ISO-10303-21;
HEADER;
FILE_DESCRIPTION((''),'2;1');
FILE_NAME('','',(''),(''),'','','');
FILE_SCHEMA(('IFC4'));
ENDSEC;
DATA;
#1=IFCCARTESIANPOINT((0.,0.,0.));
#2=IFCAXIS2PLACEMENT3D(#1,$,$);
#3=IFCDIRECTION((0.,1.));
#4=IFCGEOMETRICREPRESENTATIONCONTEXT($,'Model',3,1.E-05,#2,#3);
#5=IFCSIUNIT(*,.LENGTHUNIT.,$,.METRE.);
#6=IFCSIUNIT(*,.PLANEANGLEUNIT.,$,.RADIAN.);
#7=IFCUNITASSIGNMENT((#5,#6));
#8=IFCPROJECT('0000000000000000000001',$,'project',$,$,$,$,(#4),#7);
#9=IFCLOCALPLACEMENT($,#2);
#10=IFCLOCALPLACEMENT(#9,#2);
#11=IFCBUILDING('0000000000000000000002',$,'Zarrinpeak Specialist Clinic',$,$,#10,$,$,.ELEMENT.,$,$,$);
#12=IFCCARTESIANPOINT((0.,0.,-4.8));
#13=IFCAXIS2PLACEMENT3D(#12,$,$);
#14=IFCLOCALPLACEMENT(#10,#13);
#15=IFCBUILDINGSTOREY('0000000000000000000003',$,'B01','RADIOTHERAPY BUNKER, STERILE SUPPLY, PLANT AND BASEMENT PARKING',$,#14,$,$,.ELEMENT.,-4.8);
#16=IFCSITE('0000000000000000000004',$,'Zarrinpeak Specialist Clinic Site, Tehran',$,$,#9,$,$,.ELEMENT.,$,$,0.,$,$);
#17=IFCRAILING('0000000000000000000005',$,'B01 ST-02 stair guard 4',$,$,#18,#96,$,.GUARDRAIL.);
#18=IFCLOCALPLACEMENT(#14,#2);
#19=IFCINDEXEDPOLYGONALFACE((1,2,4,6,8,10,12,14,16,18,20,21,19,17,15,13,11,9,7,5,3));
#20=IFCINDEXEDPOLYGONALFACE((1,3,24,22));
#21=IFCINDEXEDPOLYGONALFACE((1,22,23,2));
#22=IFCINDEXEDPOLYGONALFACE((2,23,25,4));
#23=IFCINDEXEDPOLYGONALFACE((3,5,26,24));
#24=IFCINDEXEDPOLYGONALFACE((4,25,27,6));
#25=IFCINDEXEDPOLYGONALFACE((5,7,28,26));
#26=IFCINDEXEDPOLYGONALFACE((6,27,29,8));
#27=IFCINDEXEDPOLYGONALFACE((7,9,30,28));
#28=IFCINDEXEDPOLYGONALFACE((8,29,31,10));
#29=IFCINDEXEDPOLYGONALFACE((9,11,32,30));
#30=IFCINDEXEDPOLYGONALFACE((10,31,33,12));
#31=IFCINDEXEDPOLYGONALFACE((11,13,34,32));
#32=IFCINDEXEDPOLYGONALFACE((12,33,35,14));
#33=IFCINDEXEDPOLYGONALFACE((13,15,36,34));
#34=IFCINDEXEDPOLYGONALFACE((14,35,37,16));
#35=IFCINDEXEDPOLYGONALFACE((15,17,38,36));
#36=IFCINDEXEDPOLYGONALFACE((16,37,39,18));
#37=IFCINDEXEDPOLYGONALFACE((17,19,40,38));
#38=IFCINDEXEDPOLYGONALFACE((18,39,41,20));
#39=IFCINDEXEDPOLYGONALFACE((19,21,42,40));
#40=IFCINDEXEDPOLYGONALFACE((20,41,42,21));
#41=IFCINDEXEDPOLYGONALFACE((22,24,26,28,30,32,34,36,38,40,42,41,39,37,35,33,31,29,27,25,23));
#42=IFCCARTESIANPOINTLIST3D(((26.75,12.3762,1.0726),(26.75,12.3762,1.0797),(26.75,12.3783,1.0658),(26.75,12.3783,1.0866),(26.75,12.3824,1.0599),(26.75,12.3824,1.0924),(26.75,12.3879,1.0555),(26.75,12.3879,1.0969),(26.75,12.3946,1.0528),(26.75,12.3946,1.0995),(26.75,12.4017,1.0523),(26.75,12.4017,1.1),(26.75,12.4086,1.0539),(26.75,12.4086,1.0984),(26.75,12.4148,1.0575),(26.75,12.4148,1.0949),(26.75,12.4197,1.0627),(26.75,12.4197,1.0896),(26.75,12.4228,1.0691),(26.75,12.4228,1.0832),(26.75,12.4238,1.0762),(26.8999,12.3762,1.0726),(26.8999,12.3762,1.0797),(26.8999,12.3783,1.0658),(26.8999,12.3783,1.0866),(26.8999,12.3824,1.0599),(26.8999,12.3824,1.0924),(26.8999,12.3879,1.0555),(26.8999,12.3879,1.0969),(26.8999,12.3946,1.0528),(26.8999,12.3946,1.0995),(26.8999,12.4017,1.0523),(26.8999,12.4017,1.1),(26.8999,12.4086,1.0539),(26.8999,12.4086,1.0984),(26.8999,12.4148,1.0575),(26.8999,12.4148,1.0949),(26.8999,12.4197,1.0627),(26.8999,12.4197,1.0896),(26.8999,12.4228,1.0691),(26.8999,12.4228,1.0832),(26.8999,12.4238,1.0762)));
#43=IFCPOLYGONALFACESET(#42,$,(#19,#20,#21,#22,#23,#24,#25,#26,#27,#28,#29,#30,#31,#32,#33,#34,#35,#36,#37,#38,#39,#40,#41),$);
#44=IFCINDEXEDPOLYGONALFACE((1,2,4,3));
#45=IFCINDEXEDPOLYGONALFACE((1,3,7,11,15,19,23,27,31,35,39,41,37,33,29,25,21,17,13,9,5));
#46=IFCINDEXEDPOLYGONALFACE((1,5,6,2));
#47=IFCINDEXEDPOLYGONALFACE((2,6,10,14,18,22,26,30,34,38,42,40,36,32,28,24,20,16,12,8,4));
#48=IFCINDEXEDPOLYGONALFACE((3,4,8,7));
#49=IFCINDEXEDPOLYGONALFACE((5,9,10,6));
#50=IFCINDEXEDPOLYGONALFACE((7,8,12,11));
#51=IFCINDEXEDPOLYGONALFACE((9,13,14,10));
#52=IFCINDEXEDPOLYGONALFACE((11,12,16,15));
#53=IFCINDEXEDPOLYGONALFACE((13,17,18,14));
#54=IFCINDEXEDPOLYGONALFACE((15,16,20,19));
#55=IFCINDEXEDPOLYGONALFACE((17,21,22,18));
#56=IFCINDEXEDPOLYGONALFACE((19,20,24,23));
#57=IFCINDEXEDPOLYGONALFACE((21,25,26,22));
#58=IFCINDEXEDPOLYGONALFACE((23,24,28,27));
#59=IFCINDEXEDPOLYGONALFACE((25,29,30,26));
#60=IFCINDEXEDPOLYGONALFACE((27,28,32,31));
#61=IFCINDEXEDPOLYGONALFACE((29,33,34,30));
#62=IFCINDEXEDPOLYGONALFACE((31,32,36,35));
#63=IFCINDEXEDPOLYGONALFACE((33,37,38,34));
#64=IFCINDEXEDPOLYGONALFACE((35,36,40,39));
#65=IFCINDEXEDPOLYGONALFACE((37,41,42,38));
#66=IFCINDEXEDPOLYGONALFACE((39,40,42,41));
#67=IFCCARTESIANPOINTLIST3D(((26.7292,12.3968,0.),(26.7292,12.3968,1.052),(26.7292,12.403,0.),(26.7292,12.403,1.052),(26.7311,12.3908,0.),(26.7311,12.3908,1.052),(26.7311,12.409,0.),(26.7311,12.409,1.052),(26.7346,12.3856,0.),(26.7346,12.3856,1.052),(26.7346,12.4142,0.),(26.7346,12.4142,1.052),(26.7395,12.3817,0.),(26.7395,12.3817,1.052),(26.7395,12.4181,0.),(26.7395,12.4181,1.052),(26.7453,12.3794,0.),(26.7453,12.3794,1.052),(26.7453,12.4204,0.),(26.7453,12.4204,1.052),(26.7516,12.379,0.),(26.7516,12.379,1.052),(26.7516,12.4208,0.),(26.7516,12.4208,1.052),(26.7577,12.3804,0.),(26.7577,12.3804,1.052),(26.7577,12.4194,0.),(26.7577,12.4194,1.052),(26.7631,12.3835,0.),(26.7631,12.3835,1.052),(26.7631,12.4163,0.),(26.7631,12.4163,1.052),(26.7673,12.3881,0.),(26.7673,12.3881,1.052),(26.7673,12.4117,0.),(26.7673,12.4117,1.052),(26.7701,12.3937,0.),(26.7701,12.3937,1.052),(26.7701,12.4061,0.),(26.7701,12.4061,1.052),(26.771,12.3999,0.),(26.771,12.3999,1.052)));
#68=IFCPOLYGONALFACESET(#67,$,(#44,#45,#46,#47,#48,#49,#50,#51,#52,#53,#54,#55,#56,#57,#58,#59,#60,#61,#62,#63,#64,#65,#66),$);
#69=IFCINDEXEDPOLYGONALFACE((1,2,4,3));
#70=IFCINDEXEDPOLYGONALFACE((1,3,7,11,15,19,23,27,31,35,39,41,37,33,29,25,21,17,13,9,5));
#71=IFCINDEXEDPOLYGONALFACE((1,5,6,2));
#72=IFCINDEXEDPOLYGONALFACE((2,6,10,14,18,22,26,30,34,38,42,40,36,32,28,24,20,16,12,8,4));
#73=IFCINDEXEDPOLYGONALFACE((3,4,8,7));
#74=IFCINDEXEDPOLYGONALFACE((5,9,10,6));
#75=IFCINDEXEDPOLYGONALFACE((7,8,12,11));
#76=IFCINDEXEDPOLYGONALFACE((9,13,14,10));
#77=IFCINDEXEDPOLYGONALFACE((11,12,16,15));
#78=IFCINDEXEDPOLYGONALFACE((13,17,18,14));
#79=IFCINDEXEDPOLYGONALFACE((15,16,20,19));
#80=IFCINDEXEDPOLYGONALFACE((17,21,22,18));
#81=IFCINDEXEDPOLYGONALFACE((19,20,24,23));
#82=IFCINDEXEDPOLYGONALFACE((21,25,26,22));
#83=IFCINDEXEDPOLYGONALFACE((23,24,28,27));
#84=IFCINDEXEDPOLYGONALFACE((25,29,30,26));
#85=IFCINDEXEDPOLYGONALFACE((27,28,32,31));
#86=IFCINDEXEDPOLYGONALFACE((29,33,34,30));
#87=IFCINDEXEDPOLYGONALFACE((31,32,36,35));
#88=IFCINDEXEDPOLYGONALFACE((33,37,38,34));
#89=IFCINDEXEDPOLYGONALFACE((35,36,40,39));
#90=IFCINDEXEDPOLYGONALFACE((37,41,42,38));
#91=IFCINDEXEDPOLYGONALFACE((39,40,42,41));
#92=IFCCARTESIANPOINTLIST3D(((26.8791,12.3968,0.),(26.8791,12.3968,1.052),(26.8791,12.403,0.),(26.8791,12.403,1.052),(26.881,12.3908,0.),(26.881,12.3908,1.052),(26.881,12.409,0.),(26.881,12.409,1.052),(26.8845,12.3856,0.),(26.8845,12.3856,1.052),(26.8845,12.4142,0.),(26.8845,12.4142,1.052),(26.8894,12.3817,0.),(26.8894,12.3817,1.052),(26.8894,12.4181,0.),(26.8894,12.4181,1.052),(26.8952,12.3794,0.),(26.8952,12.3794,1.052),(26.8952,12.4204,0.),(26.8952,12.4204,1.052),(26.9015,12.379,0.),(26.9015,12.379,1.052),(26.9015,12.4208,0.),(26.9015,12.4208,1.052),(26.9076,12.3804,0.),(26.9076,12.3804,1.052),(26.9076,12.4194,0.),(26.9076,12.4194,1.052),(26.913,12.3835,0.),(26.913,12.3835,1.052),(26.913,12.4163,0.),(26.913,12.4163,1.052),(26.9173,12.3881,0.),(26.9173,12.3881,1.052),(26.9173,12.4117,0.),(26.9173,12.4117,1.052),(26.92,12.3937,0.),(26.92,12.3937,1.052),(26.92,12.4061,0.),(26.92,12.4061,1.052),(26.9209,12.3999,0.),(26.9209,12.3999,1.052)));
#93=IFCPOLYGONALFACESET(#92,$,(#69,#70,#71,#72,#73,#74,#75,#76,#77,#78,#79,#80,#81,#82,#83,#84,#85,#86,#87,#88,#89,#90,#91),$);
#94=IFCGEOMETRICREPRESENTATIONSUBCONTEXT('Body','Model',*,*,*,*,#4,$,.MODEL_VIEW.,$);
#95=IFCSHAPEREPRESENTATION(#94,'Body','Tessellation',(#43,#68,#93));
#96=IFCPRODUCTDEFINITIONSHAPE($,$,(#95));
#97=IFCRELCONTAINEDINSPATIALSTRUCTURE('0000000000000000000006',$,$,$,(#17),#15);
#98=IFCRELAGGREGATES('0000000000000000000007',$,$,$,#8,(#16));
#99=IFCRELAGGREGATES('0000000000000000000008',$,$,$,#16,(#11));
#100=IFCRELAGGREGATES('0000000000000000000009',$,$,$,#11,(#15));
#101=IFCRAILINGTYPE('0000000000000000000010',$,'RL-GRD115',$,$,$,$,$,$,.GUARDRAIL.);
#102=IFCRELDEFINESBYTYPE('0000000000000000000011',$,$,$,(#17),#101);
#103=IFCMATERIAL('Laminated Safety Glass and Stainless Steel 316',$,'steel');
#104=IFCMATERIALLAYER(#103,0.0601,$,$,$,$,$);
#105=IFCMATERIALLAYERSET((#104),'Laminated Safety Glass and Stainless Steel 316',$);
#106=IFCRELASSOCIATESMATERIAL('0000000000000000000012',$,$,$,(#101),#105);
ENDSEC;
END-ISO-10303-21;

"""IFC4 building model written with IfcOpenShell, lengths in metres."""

from ifc_helpers import new_model, si_unit, direction, frame, origin, origin_2d, place, context, subcontext, project, spatial, circle, extrude, material, layer, layer_set, type_object, element, save


model = new_model("IFC4")

# Units and contexts
model_context = context("Model", 3, precision=1e-05, world=origin(), true_north=direction((0.0, 1.0)))
body_context = subcontext(model_context, "Body", "Model", "MODEL_VIEW")
ifc_project = project(units=[si_unit("LENGTHUNIT", "METRE"), si_unit("PLANEANGLEUNIT", "RADIAN")], contexts=[model_context])

# Site, building, storey
site_placement = place(None, origin())
site = spatial("IfcSite", under=ifc_project, at=site_placement, Name="Zarrinpeak Specialist Clinic Site, Tehran", CompositionType="ELEMENT", RefElevation=0.0)
building_placement = place(site_placement, origin())
building = spatial("IfcBuilding", under=site, at=building_placement, Name="Zarrinpeak Specialist Clinic", CompositionType="ELEMENT")
storey_placement = place(building_placement, frame((0.0, 0.0, -4.8)))
storey = spatial("IfcBuildingStorey", under=building, at=storey_placement, Name="B01", Description="RADIOTHERAPY BUNKER, STERILE SUPPLY, PLANT AND BASEMENT PARKING", CompositionType="ELEMENT", Elevation=-4.8)

# Railing
ifc_material_1 = material(Name="Laminated Safety Glass and Stainless Steel 316", Category="steel")
ifc_layer_1 = layer(ifc_material_1, 0.0601)
ifc_layer_set_1 = layer_set([ifc_layer_1], Name="Laminated Safety Glass and Stainless Steel 316")
railing_type_1 = type_object("IfcRailingType", Name="RL-GRD115", PredefinedType="GUARDRAIL", material=ifc_layer_set_1)
railing_1_placement = place(storey_placement, frame((26.75, 12.3999, 0.0)))
element("IfcRailing", 1, at=railing_1_placement, inside=storey, type_object=railing_type_1, Name="B01 ST-02 stair guard 4", PredefinedType="GUARDRAIL", context=body_context, shape_type="SweptSolid", body=[
    extrude(circle(Radius=0.0239, at=origin_2d()), frame((0.0, 0.0, 1.0762), z_axis=(1.0, 0.0, 0.0), x_axis=(0.0, 1.0, 0.0)), (0.0, 0.0, 1.0), 0.1499),
    extrude(circle(Radius=0.021, at=origin_2d()), origin(), (0.0, 0.0, 1.0), 1.052),
    extrude(circle(Radius=0.021, at=origin_2d()), frame((0.1499, 0.0, 0.0)), (0.0, 0.0, 1.0), 1.052),
])

save(model, "model.ifc")
